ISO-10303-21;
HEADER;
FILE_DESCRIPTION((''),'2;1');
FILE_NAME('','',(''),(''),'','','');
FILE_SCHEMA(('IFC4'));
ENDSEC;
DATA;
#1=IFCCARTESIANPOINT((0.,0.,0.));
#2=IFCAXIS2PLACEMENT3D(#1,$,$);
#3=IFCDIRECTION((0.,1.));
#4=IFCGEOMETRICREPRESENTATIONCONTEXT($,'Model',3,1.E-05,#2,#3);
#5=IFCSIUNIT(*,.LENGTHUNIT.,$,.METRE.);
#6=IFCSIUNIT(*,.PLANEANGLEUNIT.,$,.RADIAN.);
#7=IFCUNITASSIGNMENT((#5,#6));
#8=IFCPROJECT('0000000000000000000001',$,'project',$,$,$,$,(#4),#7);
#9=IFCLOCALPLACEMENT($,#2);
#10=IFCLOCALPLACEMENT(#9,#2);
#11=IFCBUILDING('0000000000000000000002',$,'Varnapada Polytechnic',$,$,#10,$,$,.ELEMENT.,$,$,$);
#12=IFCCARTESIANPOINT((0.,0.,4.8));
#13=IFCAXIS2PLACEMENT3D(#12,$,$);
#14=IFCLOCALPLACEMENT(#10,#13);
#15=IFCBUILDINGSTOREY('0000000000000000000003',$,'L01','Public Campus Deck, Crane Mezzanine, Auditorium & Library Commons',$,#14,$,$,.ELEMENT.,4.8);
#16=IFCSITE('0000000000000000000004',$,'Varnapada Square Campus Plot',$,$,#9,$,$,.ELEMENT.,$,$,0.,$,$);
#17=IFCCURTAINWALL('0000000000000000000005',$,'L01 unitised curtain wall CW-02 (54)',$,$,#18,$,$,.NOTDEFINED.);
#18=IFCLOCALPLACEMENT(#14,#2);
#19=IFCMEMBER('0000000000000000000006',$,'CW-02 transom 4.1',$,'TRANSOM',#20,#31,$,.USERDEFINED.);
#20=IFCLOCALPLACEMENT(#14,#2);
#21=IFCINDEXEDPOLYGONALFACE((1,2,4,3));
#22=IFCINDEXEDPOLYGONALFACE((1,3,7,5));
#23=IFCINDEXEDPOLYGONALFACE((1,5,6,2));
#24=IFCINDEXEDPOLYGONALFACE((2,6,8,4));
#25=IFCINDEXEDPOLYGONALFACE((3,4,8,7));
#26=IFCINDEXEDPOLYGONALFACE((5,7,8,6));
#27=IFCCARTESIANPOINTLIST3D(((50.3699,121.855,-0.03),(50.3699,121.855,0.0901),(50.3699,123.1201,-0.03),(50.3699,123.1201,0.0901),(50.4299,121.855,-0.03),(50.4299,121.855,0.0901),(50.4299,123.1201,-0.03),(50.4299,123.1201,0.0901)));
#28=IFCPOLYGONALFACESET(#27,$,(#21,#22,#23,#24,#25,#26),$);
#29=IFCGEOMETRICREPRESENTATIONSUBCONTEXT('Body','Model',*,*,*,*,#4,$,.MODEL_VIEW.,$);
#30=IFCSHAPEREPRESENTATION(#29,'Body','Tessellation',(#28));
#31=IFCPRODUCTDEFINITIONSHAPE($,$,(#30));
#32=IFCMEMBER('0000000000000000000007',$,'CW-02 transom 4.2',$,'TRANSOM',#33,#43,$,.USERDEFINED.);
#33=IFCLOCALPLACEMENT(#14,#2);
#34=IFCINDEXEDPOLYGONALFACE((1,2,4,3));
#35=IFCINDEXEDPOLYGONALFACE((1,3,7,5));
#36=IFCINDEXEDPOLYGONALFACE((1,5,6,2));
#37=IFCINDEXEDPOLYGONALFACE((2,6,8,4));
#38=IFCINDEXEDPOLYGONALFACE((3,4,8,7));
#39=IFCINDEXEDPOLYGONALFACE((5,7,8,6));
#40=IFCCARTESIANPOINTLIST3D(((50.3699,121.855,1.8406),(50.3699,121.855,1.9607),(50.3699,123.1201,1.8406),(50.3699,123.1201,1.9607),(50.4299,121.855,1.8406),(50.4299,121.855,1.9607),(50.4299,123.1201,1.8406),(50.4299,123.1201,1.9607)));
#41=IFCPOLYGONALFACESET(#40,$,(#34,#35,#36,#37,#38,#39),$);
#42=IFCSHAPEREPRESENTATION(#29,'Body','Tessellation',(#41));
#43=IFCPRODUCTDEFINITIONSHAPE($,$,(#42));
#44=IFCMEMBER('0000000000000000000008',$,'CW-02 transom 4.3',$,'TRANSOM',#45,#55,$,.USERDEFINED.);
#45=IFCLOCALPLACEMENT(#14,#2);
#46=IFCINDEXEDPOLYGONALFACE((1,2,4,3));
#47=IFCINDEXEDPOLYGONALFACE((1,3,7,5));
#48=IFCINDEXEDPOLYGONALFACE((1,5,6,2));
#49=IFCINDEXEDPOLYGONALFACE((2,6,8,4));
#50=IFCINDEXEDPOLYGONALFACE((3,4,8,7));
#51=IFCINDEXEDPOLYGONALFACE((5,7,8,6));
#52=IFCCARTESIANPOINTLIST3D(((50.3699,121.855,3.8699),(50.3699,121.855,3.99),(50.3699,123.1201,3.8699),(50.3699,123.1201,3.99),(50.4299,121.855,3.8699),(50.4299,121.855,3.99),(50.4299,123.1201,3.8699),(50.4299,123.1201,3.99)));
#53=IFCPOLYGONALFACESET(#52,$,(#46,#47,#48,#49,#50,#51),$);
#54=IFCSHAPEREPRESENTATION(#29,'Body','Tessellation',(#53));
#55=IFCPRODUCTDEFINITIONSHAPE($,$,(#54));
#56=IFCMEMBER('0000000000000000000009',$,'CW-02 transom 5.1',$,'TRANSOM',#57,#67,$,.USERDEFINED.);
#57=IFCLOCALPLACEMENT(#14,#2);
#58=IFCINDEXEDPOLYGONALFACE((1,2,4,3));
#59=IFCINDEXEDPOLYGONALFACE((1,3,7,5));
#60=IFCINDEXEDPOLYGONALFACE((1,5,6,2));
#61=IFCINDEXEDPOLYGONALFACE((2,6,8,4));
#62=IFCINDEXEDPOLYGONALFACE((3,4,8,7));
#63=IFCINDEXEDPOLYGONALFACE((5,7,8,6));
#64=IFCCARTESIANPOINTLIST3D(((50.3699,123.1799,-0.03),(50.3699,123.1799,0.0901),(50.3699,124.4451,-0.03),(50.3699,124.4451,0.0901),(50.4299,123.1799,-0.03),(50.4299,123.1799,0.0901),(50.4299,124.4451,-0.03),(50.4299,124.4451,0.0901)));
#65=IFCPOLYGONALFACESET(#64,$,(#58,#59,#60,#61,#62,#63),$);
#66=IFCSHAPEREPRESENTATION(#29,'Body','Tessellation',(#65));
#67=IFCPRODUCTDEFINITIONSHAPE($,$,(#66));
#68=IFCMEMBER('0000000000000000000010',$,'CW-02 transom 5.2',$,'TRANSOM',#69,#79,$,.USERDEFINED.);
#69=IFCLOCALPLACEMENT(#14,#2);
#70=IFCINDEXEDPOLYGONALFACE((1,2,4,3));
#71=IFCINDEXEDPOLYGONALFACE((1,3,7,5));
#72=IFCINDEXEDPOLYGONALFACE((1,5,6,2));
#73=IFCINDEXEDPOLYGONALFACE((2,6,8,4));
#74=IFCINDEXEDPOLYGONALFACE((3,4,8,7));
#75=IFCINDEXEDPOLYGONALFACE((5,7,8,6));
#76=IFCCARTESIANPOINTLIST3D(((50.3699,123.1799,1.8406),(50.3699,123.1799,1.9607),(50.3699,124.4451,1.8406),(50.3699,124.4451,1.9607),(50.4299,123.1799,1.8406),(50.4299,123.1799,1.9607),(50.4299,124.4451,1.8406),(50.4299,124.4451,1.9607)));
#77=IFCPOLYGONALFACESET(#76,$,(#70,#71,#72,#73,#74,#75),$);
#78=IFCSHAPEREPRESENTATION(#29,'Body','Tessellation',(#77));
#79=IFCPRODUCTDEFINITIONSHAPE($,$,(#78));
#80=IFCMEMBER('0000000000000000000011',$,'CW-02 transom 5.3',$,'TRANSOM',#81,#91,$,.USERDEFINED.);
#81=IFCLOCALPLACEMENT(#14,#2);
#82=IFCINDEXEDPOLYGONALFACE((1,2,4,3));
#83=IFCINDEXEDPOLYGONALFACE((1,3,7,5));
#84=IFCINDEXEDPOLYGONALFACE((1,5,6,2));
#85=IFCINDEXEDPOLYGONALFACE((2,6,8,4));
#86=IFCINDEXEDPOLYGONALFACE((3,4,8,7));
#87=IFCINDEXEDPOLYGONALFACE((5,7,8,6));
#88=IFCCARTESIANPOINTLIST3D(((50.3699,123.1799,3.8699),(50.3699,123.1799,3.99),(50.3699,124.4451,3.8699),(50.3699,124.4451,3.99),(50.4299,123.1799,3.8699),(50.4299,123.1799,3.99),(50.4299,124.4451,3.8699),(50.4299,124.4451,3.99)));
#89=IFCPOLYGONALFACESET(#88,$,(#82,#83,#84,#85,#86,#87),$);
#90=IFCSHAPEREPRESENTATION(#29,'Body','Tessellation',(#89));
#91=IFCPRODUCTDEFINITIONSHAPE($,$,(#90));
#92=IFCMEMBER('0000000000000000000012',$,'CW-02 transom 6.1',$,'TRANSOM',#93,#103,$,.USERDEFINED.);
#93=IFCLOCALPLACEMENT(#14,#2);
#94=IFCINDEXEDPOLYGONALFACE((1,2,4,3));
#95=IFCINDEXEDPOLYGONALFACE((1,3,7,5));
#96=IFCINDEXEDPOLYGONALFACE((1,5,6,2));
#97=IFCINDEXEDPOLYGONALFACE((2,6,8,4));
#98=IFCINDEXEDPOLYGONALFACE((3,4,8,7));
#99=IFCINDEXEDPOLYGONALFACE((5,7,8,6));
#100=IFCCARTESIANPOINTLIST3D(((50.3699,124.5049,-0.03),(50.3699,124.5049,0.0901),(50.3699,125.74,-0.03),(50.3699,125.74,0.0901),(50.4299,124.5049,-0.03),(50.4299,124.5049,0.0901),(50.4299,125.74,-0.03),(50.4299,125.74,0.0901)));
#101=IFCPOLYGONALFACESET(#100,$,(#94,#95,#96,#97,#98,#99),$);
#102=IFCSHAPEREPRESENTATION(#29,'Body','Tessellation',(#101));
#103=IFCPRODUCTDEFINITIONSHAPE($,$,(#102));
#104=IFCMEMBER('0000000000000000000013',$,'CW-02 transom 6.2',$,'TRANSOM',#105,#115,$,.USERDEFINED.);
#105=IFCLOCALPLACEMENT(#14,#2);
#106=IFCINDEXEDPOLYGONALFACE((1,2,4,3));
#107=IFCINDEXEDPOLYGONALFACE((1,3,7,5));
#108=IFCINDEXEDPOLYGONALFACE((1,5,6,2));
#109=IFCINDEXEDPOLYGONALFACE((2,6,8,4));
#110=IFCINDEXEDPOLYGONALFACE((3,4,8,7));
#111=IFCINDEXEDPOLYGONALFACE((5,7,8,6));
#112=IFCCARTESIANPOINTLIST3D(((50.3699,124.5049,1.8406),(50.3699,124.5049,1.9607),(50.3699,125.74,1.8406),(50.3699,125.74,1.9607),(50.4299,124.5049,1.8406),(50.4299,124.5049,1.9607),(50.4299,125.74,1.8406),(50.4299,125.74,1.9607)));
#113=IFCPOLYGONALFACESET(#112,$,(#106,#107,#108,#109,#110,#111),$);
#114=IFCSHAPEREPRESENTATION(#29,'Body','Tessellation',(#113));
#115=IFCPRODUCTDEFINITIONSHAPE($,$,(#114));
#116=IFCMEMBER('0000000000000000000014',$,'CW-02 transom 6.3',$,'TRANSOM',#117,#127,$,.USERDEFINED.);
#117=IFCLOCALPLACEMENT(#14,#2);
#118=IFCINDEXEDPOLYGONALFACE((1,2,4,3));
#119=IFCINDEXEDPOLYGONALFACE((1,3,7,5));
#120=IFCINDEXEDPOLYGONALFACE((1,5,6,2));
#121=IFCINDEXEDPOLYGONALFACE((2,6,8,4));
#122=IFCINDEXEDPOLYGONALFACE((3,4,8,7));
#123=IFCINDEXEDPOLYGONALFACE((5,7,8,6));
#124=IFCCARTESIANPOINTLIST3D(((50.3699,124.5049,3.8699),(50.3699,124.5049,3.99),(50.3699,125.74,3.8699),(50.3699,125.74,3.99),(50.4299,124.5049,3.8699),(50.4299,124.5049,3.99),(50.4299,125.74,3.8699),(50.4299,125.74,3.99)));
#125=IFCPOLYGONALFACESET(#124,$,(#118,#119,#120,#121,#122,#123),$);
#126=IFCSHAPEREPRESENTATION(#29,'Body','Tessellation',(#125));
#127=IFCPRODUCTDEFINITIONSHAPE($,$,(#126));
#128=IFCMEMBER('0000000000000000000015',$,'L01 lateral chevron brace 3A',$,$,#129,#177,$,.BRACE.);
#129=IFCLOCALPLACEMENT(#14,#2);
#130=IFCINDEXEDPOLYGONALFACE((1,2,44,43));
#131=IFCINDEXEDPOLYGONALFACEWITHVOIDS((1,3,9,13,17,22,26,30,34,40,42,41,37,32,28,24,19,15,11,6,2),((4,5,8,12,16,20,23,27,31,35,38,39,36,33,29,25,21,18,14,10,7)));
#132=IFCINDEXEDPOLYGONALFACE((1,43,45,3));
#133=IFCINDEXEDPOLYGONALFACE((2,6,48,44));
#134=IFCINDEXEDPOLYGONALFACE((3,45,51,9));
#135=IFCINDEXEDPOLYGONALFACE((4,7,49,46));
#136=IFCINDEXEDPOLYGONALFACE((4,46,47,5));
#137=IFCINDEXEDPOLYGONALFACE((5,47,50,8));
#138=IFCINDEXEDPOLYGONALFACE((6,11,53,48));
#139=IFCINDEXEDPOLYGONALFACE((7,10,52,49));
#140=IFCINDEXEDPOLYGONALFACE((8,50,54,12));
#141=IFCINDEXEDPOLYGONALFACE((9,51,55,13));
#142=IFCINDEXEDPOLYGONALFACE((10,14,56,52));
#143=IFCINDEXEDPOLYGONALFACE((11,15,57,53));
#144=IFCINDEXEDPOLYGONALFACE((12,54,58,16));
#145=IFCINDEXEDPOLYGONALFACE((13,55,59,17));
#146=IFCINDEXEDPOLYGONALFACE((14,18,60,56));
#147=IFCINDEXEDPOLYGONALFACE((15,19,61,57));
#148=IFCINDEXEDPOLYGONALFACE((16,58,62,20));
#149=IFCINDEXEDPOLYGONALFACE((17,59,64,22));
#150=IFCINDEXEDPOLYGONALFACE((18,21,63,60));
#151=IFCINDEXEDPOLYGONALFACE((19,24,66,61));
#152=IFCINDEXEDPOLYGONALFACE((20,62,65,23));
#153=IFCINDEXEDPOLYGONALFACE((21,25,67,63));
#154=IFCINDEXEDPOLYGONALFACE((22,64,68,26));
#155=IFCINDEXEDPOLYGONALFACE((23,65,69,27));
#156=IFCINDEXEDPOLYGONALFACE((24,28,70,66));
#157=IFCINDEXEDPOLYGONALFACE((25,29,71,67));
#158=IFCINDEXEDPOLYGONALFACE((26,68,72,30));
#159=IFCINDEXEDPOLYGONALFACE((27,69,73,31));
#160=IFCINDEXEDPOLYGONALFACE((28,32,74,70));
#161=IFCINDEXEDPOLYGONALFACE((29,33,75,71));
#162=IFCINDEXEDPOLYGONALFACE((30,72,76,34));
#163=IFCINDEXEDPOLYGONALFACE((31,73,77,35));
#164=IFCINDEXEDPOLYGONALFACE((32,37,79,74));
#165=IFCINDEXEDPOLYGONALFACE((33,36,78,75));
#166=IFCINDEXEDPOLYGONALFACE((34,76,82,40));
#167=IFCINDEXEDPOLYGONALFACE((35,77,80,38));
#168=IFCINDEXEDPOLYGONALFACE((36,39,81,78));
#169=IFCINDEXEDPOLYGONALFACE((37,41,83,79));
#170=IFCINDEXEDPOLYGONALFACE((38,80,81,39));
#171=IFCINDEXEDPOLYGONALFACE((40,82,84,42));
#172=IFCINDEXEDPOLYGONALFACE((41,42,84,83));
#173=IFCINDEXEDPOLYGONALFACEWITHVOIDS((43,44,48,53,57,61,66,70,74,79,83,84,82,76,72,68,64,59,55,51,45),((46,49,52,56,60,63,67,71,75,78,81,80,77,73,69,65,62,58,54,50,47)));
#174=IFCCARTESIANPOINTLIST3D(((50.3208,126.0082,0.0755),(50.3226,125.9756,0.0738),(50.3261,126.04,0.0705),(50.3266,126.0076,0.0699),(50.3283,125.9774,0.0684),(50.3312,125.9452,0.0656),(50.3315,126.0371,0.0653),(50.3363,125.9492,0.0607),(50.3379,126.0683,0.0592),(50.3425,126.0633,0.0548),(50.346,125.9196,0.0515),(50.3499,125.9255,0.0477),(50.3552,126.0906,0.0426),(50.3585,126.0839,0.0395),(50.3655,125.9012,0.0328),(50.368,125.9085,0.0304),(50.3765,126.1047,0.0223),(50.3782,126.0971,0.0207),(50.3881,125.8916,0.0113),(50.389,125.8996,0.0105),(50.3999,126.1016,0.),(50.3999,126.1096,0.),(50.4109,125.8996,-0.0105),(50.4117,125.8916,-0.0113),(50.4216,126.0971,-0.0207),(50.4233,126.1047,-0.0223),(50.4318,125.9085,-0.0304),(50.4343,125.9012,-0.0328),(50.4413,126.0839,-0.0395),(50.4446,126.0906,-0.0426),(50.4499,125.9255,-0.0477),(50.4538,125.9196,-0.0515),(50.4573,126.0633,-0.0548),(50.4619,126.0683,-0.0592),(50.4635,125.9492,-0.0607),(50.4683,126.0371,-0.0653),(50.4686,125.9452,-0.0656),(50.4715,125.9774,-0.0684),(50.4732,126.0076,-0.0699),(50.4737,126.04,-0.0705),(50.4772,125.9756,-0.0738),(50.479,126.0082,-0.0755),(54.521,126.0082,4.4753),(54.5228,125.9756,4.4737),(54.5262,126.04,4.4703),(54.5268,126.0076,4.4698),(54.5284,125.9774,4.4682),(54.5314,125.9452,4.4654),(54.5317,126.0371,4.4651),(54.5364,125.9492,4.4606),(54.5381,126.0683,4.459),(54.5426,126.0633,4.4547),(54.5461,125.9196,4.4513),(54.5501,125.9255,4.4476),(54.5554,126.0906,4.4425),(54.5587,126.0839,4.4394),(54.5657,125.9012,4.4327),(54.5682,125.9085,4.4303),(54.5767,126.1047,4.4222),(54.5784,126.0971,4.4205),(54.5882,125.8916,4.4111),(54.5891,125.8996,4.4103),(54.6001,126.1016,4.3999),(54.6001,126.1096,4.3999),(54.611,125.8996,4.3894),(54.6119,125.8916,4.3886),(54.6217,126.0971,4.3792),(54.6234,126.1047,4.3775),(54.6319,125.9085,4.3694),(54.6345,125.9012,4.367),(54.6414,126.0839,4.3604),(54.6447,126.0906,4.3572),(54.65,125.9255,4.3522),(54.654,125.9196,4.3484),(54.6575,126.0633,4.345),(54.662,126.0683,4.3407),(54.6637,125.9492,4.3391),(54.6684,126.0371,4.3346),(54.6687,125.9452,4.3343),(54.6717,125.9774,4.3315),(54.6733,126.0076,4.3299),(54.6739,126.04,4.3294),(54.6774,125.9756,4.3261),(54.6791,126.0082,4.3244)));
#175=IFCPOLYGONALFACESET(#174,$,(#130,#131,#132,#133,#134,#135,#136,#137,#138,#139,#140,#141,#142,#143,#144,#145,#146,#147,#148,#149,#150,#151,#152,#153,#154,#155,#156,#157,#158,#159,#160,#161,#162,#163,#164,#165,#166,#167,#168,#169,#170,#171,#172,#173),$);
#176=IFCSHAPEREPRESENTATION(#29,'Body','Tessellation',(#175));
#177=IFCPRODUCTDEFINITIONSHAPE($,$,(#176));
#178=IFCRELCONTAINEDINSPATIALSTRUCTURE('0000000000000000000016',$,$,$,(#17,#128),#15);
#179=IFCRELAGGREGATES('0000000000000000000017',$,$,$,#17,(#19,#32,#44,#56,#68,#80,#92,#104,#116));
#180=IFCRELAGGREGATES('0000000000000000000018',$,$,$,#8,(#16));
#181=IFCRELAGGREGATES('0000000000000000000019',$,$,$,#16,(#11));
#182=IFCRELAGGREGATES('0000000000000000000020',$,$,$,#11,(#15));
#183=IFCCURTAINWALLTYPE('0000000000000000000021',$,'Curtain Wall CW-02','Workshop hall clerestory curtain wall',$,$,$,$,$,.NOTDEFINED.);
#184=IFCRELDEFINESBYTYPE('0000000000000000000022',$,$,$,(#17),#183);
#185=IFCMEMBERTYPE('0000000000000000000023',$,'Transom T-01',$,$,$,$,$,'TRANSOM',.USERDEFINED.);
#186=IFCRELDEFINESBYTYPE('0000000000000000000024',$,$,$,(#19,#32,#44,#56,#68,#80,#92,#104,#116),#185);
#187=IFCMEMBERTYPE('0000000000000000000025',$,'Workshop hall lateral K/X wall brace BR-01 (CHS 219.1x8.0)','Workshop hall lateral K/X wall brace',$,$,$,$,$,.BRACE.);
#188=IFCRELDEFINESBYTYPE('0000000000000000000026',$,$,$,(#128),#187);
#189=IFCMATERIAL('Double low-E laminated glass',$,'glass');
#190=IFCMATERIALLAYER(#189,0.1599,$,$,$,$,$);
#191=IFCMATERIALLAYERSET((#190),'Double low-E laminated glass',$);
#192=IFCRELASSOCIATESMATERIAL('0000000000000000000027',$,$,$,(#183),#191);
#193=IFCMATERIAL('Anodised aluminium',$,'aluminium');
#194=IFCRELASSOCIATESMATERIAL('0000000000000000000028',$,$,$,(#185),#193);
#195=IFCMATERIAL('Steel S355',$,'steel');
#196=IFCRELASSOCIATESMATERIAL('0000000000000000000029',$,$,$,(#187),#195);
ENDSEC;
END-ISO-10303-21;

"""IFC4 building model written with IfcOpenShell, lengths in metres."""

from ifc_helpers import new_model, si_unit, direction, frame, origin, origin_2d, place, context, subcontext, project, spatial, rectangle, hollow_circle, extrude, material, layer, layer_set, material_profile, profile_set, type_object, element, aggregate, save


model = new_model("IFC4")

# Units and contexts
model_context = context("Model", 3, precision=1e-05, world=origin(), true_north=direction((0.0, 1.0)))
body_context = subcontext(model_context, "Body", "Model", "MODEL_VIEW")
ifc_project = project(units=[si_unit("LENGTHUNIT", "METRE"), si_unit("PLANEANGLEUNIT", "RADIAN")], contexts=[model_context])

# Site, building, storey
site_placement = place(None, origin())
site = spatial("IfcSite", under=ifc_project, at=site_placement, Name="Varnapada Square Campus Plot", CompositionType="ELEMENT", RefElevation=0.0)
building_placement = place(site_placement, origin())
building = spatial("IfcBuilding", under=site, at=building_placement, Name="Varnapada Polytechnic", CompositionType="ELEMENT")
storey_placement = place(building_placement, frame((0.0, 0.0, 4.8)))
storey = spatial("IfcBuildingStorey", under=building, at=storey_placement, Name="L01", Description="Public Campus Deck, Crane Mezzanine, Auditorium & Library Commons", CompositionType="ELEMENT", Elevation=4.8)

# Shared definitions
ifc_material_1 = material(Name="Steel S355", Category="steel")

# Curtain wall, members
ifc_material_2 = material(Name="Double low-E laminated glass", Category="glass")
ifc_layer_1 = layer(ifc_material_2, 0.1599)
ifc_layer_set_1 = layer_set([ifc_layer_1], Name="Double low-E laminated glass")
curtain_wall_type = type_object("IfcCurtainWallType", Name="Curtain Wall CW-02", Description="Workshop hall clerestory curtain wall", PredefinedType="NOTDEFINED", material=ifc_layer_set_1)
curtain_wall_placement = place(storey_placement, origin())
curtain_wall = element("IfcCurtainWall", 1, at=curtain_wall_placement, inside=storey, type_object=curtain_wall_type, Name="L01 unitised curtain wall CW-02 (54)", PredefinedType="NOTDEFINED")
ifc_material_3 = material(Name="Anodised aluminium", Category="aluminium")
ifc_material_profile_1 = material_profile(ifc_material_3, rectangle(XDim=0.0601, YDim=0.1201, at=origin_2d()), Name="ALU T60x120")
ifc_profile_set_1 = profile_set([ifc_material_profile_1], Name="Anodised aluminium")
member_type_1 = type_object("IfcMemberType", Name="Transom T-01", ElementType="TRANSOM", PredefinedType="USERDEFINED", material=ifc_profile_set_1)
member_1_placement = place(storey_placement, frame((50.3999, 121.855, 0.03), z_axis=(0.0, 1.0, 0.0), x_axis=(-1.0, 0.0, 0.0)))
member_1 = element("IfcMember", 2, at=member_1_placement, type_object=member_type_1, Name="CW-02 transom 4.1", ObjectType="TRANSOM", PredefinedType="USERDEFINED", context=body_context, shape_type="SweptSolid", body=[
    extrude(rectangle(XDim=0.0601, YDim=0.1201, at=origin_2d()), origin(), (0.0, 0.0, 1.0), 1.2651),
])
member_2_placement = place(storey_placement, frame((50.3999, 121.855, 1.9006), z_axis=(0.0, 1.0, 0.0), x_axis=(-1.0, 0.0, 0.0)))
member_2 = element("IfcMember", 3, at=member_2_placement, type_object=member_type_1, Name="CW-02 transom 4.2", ObjectType="TRANSOM", PredefinedType="USERDEFINED", context=body_context, shape_type="SweptSolid", body=[
    extrude(rectangle(XDim=0.0601, YDim=0.1201, at=origin_2d()), origin(), (0.0, 0.0, 1.0), 1.2651),
])
member_3_placement = place(storey_placement, frame((50.3999, 121.855, 3.9299), z_axis=(0.0, 1.0, 0.0), x_axis=(-1.0, 0.0, 0.0)))
member_3 = element("IfcMember", 4, at=member_3_placement, type_object=member_type_1, Name="CW-02 transom 4.3", ObjectType="TRANSOM", PredefinedType="USERDEFINED", context=body_context, shape_type="SweptSolid", body=[
    extrude(rectangle(XDim=0.0601, YDim=0.1201, at=origin_2d()), origin(), (0.0, 0.0, 1.0), 1.2651),
])
member_4_placement = place(storey_placement, frame((50.3999, 123.1799, 0.03), z_axis=(0.0, 1.0, 0.0), x_axis=(-1.0, 0.0, 0.0)))
member_4 = element("IfcMember", 5, at=member_4_placement, type_object=member_type_1, Name="CW-02 transom 5.1", ObjectType="TRANSOM", PredefinedType="USERDEFINED", context=body_context, shape_type="SweptSolid", body=[
    extrude(rectangle(XDim=0.0601, YDim=0.1201, at=origin_2d()), origin(), (0.0, 0.0, 1.0), 1.2651),
])
member_5_placement = place(storey_placement, frame((50.3999, 123.1799, 1.9006), z_axis=(0.0, 1.0, 0.0), x_axis=(-1.0, 0.0, 0.0)))
member_5 = element("IfcMember", 6, at=member_5_placement, type_object=member_type_1, Name="CW-02 transom 5.2", ObjectType="TRANSOM", PredefinedType="USERDEFINED", context=body_context, shape_type="SweptSolid", body=[
    extrude(rectangle(XDim=0.0601, YDim=0.1201, at=origin_2d()), origin(), (0.0, 0.0, 1.0), 1.2651),
])
member_6_placement = place(storey_placement, frame((50.3999, 123.1799, 3.9299), z_axis=(0.0, 1.0, 0.0), x_axis=(-1.0, 0.0, 0.0)))
member_6 = element("IfcMember", 7, at=member_6_placement, type_object=member_type_1, Name="CW-02 transom 5.3", ObjectType="TRANSOM", PredefinedType="USERDEFINED", context=body_context, shape_type="SweptSolid", body=[
    extrude(rectangle(XDim=0.0601, YDim=0.1201, at=origin_2d()), origin(), (0.0, 0.0, 1.0), 1.2651),
])
member_7_placement = place(storey_placement, frame((50.3999, 124.5049, 0.03), z_axis=(0.0, 1.0, 0.0), x_axis=(-1.0, 0.0, 0.0)))
member_7 = element("IfcMember", 8, at=member_7_placement, type_object=member_type_1, Name="CW-02 transom 6.1", ObjectType="TRANSOM", PredefinedType="USERDEFINED", context=body_context, shape_type="SweptSolid", body=[
    extrude(rectangle(XDim=0.0601, YDim=0.1201, at=origin_2d()), origin(), (0.0, 0.0, 1.0), 1.2351),
])
member_8_placement = place(storey_placement, frame((50.3999, 124.5049, 1.9006), z_axis=(0.0, 1.0, 0.0), x_axis=(-1.0, 0.0, 0.0)))
member_8 = element("IfcMember", 9, at=member_8_placement, type_object=member_type_1, Name="CW-02 transom 6.2", ObjectType="TRANSOM", PredefinedType="USERDEFINED", context=body_context, shape_type="SweptSolid", body=[
    extrude(rectangle(XDim=0.0601, YDim=0.1201, at=origin_2d()), origin(), (0.0, 0.0, 1.0), 1.2351),
])
member_9_placement = place(storey_placement, frame((50.3999, 124.5049, 3.9299), z_axis=(0.0, 1.0, 0.0), x_axis=(-1.0, 0.0, 0.0)))
member_9 = element("IfcMember", 10, at=member_9_placement, type_object=member_type_1, Name="CW-02 transom 6.3", ObjectType="TRANSOM", PredefinedType="USERDEFINED", context=body_context, shape_type="SweptSolid", body=[
    extrude(rectangle(XDim=0.0601, YDim=0.1201, at=origin_2d()), origin(), (0.0, 0.0, 1.0), 1.2351),
])

# Member
ifc_material_profile_2 = material_profile(ifc_material_1, hollow_circle(Radius=0.1096, WallThickness=0.0081, at=origin_2d()), Name="CHS 219.1x8.0")
ifc_profile_set_2 = profile_set([ifc_material_profile_2], Name="Steel S355")
member_type_2 = type_object("IfcMemberType", Name="Workshop hall lateral K/X wall brace BR-01 (CHS 219.1x8.0)", Description="Workshop hall lateral K/X wall brace", PredefinedType="BRACE", material=ifc_profile_set_2)
member_10_placement = place(storey_placement, frame((50.3999, 126.0, 0.0), z_axis=(0.690501, 0.0, 0.723332), x_axis=(0.0, 1.0, 0.0)))
element("IfcMember", 11, at=member_10_placement, inside=storey, type_object=member_type_2, Name="L01 lateral chevron brace 3A", PredefinedType="BRACE", context=body_context, shape_type="SweptSolid", body=[
    extrude(hollow_circle(Radius=0.1096, WallThickness=0.0081, at=origin_2d()), origin(), (0.0, 0.0, 1.0), 6.0828),
])

aggregate(curtain_wall, [member_1, member_2, member_3, member_4, member_5, member_6, member_7, member_8, member_9])

save(model, "model.ifc")
